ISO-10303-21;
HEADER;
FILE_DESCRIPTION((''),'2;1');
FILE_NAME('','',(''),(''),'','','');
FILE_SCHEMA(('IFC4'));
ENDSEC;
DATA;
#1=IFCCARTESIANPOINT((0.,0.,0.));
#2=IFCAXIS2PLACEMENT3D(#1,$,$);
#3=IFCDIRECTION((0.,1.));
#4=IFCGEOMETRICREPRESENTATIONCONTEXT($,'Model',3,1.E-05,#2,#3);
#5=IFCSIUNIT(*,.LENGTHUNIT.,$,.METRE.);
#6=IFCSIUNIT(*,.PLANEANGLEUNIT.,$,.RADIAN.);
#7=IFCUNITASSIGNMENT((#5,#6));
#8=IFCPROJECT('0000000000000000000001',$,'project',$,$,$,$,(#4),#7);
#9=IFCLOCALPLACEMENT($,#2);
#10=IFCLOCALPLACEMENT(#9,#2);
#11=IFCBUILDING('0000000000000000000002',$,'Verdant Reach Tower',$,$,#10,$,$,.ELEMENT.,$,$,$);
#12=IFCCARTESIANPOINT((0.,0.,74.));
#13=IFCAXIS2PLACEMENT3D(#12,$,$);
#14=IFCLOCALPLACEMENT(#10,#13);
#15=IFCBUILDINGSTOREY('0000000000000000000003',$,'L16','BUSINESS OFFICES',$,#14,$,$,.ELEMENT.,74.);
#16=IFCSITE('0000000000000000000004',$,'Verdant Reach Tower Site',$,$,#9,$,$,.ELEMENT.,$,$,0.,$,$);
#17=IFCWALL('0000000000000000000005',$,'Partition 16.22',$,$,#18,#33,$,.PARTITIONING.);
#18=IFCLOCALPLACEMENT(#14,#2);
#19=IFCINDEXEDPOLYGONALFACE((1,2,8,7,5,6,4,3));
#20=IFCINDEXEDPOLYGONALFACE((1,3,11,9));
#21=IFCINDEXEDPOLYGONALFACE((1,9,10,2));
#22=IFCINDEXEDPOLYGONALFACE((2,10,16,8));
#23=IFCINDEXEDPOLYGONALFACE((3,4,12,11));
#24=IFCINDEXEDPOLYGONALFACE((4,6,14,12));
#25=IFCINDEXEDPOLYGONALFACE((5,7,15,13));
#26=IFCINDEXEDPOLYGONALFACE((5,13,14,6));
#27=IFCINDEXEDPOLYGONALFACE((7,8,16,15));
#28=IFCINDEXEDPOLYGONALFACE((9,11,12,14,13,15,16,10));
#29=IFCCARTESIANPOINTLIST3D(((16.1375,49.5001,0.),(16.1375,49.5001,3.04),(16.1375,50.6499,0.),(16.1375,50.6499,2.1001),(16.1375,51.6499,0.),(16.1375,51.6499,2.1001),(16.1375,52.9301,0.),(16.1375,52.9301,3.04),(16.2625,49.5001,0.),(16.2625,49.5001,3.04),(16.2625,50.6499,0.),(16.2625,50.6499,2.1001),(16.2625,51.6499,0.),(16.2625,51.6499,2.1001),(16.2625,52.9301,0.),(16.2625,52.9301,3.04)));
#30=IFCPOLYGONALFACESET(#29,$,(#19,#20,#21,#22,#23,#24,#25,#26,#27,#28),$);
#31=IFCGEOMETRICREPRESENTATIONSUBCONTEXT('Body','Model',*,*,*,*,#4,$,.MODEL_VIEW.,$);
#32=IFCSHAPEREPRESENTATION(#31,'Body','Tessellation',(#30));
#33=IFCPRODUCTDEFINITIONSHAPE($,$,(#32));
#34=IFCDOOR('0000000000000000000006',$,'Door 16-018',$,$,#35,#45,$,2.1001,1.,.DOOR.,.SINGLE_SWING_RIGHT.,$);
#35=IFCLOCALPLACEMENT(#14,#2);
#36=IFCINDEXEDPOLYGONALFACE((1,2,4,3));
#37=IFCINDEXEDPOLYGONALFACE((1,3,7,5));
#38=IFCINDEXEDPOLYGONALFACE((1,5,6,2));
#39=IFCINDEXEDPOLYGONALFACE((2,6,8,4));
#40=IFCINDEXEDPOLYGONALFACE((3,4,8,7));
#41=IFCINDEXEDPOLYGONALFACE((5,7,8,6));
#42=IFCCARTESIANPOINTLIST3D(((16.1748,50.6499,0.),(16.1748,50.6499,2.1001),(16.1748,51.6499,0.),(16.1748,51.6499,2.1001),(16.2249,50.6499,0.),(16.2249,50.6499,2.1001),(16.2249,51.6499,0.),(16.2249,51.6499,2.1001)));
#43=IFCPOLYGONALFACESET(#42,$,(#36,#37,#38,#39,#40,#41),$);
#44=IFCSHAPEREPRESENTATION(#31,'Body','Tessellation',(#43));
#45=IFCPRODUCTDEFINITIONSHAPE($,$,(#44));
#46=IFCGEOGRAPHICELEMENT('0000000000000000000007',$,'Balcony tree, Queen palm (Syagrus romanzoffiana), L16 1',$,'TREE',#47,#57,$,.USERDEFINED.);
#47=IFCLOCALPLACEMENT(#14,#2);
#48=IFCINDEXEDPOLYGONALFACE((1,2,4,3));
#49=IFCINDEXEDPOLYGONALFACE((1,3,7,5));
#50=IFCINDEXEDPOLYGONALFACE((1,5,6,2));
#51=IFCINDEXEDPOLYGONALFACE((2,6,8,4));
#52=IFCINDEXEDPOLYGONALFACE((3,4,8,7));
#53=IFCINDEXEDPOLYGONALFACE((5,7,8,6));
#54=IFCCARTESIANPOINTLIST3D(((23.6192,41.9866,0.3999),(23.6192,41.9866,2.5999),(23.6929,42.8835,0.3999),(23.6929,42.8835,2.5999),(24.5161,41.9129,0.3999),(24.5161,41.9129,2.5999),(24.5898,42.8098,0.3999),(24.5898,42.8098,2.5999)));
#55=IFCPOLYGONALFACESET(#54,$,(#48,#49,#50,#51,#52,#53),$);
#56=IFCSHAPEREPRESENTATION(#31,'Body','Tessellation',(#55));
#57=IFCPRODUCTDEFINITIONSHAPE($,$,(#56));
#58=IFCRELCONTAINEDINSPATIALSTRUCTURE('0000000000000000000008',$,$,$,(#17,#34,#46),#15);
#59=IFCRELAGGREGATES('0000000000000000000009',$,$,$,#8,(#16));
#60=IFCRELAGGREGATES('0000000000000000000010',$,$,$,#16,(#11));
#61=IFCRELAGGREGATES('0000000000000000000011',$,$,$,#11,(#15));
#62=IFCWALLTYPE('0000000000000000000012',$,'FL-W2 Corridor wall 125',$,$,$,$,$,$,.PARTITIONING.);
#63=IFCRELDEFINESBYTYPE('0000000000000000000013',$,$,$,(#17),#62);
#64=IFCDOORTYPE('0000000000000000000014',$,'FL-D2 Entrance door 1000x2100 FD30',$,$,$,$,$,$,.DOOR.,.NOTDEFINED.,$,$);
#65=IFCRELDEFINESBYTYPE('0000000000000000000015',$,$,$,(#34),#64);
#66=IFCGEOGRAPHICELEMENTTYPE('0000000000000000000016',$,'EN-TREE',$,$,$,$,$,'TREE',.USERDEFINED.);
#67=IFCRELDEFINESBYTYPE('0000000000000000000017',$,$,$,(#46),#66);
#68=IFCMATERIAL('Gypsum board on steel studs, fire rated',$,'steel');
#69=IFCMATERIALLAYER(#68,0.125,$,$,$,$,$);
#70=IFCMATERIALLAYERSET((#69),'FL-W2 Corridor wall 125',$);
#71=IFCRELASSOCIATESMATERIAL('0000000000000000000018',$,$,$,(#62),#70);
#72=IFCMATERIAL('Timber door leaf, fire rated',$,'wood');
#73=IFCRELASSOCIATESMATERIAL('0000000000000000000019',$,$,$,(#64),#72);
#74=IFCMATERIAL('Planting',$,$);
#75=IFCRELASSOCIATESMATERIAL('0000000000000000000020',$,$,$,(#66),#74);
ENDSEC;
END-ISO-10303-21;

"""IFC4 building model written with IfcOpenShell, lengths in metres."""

from ifc_helpers import new_model, si_unit, direction, frame, frame_2d, origin, origin_2d, place, context, subcontext, project, spatial, rectangle, extrude, material, layer, layer_set, type_object, element, fill, save


model = new_model("IFC4")

# Units and contexts
model_context = context("Model", 3, precision=1e-05, world=origin(), true_north=direction((0.0, 1.0)))
body_context = subcontext(model_context, "Body", "Model", "MODEL_VIEW")
ifc_project = project(units=[si_unit("LENGTHUNIT", "METRE"), si_unit("PLANEANGLEUNIT", "RADIAN")], contexts=[model_context])

# Site, building, storey
site_placement = place(None, origin())
site = spatial("IfcSite", under=ifc_project, at=site_placement, Name="Verdant Reach Tower Site", CompositionType="ELEMENT", RefElevation=0.0)
building_placement = place(site_placement, origin())
building = spatial("IfcBuilding", under=site, at=building_placement, Name="Verdant Reach Tower", CompositionType="ELEMENT")
storey_placement = place(building_placement, frame((0.0, 0.0, 74.0)))
storey = spatial("IfcBuildingStorey", under=building, at=storey_placement, Name="L16", Description="BUSINESS OFFICES", CompositionType="ELEMENT", Elevation=74.0)

# Wall, opening, door
ifc_material_1 = material(Name="Gypsum board on steel studs, fire rated", Category="steel")
ifc_layer_1 = layer(ifc_material_1, 0.125)
ifc_layer_set_1 = layer_set([ifc_layer_1], Name="FL-W2 Corridor wall 125")
wall_type_1 = type_object("IfcWallType", Name="FL-W2 Corridor wall 125", PredefinedType="PARTITIONING", material=ifc_layer_set_1)
ifc_material_2 = material(Name="Timber door leaf, fire rated", Category="wood")
door_type = type_object("IfcDoorType", Name="FL-D2 Entrance door 1000x2100 FD30", OperationType="NOTDEFINED", PredefinedType="DOOR", material=ifc_material_2)
wall_1_placement = place(storey_placement, frame((16.2, 52.9299, 0.0), z_axis=(0.0, 0.0, 1.0), x_axis=(0.0, -1.0, 0.0)))
wall_1 = element("IfcWall", 1, at=wall_1_placement, inside=storey, type_object=wall_type_1, Name="Partition 16.22", PredefinedType="PARTITIONING", context=body_context, shape_type="SweptSolid", body=[
    extrude(rectangle(XDim=3.4299, YDim=0.125, at=frame_2d((1.7148, 0.0))), origin(), (0.0, 0.0, 1.0), 3.04),
])
opening_1_placement = place(wall_1_placement, frame((1.28, 0.0, 0.0)))
opening_1 = element("IfcOpeningElement", 2, at=opening_1_placement, cuts=wall_1, PredefinedType="OPENING", context=body_context, shape_type="SweptSolid", body=[
    extrude(rectangle(XDim=1.0, YDim=2.1001, at=frame_2d((0.5, 1.05))), frame((0.0, 0.0725, 0.0), z_axis=(0.0, -1.0, 0.0), x_axis=(1.0, 0.0, 0.0)), (0.0, 0.0, 1.0), 0.145),
])
door_1_placement = place(opening_1_placement, origin())
door_1 = element("IfcDoor", 3, at=door_1_placement, inside=storey, type_object=door_type, Name="Door 16-018", OperationType="SINGLE_SWING_RIGHT", OverallHeight=2.1001, OverallWidth=1.0, PredefinedType="DOOR", context=body_context, shape_type="SweptSolid", body=[
    extrude(rectangle(XDim=1.0, YDim=2.1001, at=frame_2d((0.5, 1.05))), frame((0.0, 0.0249, 0.0), z_axis=(0.0, -1.0, 0.0), x_axis=(1.0, 0.0, 0.0)), (0.0, 0.0, 1.0), 0.05),
])
fill(opening_1, door_1)

# Geographic element
ifc_material_3 = material(Name="Planting")
geographic_element_type = type_object("IfcGeographicElementType", Name="EN-TREE", ElementType="TREE", PredefinedType="USERDEFINED", material=ifc_material_3)
geographic_element_placement = place(storey_placement, frame((24.1045, 42.3982, 0.3999), z_axis=(0.0, 0.0, 1.0), x_axis=(0.081916, 0.996639, 0.0)))
element("IfcGeographicElement", 4, at=geographic_element_placement, inside=storey, type_object=geographic_element_type, Name="Balcony tree, Queen palm (Syagrus romanzoffiana), L16 1", ObjectType="TREE", PredefinedType="USERDEFINED", context=body_context, shape_type="SweptSolid", body=[
    extrude(rectangle(XDim=0.8999, YDim=0.8999, at=origin_2d()), origin(), (0.0, 0.0, 1.0), 2.2),
])

save(model, "model.ifc")
